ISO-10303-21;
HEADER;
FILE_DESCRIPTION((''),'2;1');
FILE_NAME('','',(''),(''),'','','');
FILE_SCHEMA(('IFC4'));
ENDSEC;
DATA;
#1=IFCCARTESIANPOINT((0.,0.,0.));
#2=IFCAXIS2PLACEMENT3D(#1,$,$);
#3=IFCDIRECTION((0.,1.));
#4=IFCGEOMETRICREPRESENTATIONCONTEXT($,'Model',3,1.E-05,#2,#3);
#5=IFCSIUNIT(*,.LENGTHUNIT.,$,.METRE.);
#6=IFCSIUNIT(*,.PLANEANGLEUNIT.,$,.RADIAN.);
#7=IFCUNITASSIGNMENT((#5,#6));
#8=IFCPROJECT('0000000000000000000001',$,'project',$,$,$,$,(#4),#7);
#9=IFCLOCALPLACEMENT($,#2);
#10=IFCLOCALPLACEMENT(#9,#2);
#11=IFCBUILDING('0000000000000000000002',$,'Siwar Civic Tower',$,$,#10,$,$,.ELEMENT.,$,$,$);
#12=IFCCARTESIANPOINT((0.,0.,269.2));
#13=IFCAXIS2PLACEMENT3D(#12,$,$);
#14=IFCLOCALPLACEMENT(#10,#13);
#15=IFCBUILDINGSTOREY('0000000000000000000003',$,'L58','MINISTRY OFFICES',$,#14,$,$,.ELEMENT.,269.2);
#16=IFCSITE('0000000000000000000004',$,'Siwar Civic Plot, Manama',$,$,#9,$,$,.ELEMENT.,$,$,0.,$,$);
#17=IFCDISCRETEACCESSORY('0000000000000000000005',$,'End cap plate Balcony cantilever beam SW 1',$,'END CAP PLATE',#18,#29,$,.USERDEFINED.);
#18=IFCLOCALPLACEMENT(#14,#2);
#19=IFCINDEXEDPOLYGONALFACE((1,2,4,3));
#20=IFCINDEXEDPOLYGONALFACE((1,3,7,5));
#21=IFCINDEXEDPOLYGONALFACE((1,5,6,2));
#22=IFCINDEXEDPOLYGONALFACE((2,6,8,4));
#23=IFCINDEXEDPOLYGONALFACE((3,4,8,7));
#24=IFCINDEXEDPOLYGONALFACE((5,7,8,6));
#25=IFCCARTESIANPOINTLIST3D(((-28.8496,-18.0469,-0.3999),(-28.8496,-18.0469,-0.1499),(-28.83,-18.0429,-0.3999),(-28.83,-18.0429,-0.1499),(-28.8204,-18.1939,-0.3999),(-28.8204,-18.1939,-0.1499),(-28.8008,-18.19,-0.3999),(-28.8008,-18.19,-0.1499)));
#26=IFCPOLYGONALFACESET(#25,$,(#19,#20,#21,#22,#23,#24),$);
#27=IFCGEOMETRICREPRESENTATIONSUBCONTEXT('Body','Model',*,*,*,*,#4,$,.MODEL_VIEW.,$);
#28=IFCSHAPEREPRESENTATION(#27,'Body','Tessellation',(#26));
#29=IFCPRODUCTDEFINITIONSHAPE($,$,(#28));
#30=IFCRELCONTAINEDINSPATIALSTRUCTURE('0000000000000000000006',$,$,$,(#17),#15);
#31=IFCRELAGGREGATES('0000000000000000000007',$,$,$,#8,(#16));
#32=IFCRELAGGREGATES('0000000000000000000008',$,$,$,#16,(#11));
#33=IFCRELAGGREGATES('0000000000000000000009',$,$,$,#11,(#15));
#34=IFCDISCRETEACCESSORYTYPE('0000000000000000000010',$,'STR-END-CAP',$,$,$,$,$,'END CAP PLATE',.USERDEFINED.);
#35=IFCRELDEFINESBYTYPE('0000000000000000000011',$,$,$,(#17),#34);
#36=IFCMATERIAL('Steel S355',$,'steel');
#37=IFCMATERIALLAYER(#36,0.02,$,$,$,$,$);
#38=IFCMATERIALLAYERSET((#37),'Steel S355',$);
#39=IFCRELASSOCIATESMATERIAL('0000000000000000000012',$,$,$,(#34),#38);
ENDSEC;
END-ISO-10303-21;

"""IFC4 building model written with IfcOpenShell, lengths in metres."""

from ifc_helpers import new_model, si_unit, direction, frame, origin, origin_2d, place, context, subcontext, project, spatial, rectangle, extrude, material, layer, layer_set, type_object, element, save


model = new_model("IFC4")

# Units and contexts
model_context = context("Model", 3, precision=1e-05, world=origin(), true_north=direction((0.0, 1.0)))
body_context = subcontext(model_context, "Body", "Model", "MODEL_VIEW")
ifc_project = project(units=[si_unit("LENGTHUNIT", "METRE"), si_unit("PLANEANGLEUNIT", "RADIAN")], contexts=[model_context])

# Site, building, storey
site_placement = place(None, origin())
site = spatial("IfcSite", under=ifc_project, at=site_placement, Name="Siwar Civic Plot, Manama", CompositionType="ELEMENT", RefElevation=0.0)
building_placement = place(site_placement, origin())
building = spatial("IfcBuilding", under=site, at=building_placement, Name="Siwar Civic Tower", CompositionType="ELEMENT")
storey_placement = place(building_placement, frame((0.0, 0.0, 269.2)))
storey = spatial("IfcBuildingStorey", under=building, at=storey_placement, Name="L58", Description="MINISTRY OFFICES", CompositionType="ELEMENT", Elevation=269.2)

# Discrete accessory
ifc_material_1 = material(Name="Steel S355", Category="steel")
ifc_layer_1 = layer(ifc_material_1, 0.02)
ifc_layer_set_1 = layer_set([ifc_layer_1], Name="Steel S355")
discrete_accessory_type = type_object("IfcDiscreteAccessoryType", Name="STR-END-CAP", ElementType="END CAP PLATE", PredefinedType="USERDEFINED", material=ifc_layer_set_1)
discrete_accessory_placement = place(storey_placement, frame((-28.8252, -18.1184, -0.3999), z_axis=(0.0, 0.0, 1.0), x_axis=(-0.980785, -0.19509, 0.0)))
element("IfcDiscreteAccessory", 1, at=discrete_accessory_placement, inside=storey, type_object=discrete_accessory_type, Name="End cap plate Balcony cantilever beam SW 1", ObjectType="END CAP PLATE", PredefinedType="USERDEFINED", context=body_context, shape_type="SweptSolid", body=[
    extrude(rectangle(XDim=0.02, YDim=0.1499, at=origin_2d()), origin(), (0.0, 0.0, 1.0), 0.25),
])

save(model, "model.ifc")
